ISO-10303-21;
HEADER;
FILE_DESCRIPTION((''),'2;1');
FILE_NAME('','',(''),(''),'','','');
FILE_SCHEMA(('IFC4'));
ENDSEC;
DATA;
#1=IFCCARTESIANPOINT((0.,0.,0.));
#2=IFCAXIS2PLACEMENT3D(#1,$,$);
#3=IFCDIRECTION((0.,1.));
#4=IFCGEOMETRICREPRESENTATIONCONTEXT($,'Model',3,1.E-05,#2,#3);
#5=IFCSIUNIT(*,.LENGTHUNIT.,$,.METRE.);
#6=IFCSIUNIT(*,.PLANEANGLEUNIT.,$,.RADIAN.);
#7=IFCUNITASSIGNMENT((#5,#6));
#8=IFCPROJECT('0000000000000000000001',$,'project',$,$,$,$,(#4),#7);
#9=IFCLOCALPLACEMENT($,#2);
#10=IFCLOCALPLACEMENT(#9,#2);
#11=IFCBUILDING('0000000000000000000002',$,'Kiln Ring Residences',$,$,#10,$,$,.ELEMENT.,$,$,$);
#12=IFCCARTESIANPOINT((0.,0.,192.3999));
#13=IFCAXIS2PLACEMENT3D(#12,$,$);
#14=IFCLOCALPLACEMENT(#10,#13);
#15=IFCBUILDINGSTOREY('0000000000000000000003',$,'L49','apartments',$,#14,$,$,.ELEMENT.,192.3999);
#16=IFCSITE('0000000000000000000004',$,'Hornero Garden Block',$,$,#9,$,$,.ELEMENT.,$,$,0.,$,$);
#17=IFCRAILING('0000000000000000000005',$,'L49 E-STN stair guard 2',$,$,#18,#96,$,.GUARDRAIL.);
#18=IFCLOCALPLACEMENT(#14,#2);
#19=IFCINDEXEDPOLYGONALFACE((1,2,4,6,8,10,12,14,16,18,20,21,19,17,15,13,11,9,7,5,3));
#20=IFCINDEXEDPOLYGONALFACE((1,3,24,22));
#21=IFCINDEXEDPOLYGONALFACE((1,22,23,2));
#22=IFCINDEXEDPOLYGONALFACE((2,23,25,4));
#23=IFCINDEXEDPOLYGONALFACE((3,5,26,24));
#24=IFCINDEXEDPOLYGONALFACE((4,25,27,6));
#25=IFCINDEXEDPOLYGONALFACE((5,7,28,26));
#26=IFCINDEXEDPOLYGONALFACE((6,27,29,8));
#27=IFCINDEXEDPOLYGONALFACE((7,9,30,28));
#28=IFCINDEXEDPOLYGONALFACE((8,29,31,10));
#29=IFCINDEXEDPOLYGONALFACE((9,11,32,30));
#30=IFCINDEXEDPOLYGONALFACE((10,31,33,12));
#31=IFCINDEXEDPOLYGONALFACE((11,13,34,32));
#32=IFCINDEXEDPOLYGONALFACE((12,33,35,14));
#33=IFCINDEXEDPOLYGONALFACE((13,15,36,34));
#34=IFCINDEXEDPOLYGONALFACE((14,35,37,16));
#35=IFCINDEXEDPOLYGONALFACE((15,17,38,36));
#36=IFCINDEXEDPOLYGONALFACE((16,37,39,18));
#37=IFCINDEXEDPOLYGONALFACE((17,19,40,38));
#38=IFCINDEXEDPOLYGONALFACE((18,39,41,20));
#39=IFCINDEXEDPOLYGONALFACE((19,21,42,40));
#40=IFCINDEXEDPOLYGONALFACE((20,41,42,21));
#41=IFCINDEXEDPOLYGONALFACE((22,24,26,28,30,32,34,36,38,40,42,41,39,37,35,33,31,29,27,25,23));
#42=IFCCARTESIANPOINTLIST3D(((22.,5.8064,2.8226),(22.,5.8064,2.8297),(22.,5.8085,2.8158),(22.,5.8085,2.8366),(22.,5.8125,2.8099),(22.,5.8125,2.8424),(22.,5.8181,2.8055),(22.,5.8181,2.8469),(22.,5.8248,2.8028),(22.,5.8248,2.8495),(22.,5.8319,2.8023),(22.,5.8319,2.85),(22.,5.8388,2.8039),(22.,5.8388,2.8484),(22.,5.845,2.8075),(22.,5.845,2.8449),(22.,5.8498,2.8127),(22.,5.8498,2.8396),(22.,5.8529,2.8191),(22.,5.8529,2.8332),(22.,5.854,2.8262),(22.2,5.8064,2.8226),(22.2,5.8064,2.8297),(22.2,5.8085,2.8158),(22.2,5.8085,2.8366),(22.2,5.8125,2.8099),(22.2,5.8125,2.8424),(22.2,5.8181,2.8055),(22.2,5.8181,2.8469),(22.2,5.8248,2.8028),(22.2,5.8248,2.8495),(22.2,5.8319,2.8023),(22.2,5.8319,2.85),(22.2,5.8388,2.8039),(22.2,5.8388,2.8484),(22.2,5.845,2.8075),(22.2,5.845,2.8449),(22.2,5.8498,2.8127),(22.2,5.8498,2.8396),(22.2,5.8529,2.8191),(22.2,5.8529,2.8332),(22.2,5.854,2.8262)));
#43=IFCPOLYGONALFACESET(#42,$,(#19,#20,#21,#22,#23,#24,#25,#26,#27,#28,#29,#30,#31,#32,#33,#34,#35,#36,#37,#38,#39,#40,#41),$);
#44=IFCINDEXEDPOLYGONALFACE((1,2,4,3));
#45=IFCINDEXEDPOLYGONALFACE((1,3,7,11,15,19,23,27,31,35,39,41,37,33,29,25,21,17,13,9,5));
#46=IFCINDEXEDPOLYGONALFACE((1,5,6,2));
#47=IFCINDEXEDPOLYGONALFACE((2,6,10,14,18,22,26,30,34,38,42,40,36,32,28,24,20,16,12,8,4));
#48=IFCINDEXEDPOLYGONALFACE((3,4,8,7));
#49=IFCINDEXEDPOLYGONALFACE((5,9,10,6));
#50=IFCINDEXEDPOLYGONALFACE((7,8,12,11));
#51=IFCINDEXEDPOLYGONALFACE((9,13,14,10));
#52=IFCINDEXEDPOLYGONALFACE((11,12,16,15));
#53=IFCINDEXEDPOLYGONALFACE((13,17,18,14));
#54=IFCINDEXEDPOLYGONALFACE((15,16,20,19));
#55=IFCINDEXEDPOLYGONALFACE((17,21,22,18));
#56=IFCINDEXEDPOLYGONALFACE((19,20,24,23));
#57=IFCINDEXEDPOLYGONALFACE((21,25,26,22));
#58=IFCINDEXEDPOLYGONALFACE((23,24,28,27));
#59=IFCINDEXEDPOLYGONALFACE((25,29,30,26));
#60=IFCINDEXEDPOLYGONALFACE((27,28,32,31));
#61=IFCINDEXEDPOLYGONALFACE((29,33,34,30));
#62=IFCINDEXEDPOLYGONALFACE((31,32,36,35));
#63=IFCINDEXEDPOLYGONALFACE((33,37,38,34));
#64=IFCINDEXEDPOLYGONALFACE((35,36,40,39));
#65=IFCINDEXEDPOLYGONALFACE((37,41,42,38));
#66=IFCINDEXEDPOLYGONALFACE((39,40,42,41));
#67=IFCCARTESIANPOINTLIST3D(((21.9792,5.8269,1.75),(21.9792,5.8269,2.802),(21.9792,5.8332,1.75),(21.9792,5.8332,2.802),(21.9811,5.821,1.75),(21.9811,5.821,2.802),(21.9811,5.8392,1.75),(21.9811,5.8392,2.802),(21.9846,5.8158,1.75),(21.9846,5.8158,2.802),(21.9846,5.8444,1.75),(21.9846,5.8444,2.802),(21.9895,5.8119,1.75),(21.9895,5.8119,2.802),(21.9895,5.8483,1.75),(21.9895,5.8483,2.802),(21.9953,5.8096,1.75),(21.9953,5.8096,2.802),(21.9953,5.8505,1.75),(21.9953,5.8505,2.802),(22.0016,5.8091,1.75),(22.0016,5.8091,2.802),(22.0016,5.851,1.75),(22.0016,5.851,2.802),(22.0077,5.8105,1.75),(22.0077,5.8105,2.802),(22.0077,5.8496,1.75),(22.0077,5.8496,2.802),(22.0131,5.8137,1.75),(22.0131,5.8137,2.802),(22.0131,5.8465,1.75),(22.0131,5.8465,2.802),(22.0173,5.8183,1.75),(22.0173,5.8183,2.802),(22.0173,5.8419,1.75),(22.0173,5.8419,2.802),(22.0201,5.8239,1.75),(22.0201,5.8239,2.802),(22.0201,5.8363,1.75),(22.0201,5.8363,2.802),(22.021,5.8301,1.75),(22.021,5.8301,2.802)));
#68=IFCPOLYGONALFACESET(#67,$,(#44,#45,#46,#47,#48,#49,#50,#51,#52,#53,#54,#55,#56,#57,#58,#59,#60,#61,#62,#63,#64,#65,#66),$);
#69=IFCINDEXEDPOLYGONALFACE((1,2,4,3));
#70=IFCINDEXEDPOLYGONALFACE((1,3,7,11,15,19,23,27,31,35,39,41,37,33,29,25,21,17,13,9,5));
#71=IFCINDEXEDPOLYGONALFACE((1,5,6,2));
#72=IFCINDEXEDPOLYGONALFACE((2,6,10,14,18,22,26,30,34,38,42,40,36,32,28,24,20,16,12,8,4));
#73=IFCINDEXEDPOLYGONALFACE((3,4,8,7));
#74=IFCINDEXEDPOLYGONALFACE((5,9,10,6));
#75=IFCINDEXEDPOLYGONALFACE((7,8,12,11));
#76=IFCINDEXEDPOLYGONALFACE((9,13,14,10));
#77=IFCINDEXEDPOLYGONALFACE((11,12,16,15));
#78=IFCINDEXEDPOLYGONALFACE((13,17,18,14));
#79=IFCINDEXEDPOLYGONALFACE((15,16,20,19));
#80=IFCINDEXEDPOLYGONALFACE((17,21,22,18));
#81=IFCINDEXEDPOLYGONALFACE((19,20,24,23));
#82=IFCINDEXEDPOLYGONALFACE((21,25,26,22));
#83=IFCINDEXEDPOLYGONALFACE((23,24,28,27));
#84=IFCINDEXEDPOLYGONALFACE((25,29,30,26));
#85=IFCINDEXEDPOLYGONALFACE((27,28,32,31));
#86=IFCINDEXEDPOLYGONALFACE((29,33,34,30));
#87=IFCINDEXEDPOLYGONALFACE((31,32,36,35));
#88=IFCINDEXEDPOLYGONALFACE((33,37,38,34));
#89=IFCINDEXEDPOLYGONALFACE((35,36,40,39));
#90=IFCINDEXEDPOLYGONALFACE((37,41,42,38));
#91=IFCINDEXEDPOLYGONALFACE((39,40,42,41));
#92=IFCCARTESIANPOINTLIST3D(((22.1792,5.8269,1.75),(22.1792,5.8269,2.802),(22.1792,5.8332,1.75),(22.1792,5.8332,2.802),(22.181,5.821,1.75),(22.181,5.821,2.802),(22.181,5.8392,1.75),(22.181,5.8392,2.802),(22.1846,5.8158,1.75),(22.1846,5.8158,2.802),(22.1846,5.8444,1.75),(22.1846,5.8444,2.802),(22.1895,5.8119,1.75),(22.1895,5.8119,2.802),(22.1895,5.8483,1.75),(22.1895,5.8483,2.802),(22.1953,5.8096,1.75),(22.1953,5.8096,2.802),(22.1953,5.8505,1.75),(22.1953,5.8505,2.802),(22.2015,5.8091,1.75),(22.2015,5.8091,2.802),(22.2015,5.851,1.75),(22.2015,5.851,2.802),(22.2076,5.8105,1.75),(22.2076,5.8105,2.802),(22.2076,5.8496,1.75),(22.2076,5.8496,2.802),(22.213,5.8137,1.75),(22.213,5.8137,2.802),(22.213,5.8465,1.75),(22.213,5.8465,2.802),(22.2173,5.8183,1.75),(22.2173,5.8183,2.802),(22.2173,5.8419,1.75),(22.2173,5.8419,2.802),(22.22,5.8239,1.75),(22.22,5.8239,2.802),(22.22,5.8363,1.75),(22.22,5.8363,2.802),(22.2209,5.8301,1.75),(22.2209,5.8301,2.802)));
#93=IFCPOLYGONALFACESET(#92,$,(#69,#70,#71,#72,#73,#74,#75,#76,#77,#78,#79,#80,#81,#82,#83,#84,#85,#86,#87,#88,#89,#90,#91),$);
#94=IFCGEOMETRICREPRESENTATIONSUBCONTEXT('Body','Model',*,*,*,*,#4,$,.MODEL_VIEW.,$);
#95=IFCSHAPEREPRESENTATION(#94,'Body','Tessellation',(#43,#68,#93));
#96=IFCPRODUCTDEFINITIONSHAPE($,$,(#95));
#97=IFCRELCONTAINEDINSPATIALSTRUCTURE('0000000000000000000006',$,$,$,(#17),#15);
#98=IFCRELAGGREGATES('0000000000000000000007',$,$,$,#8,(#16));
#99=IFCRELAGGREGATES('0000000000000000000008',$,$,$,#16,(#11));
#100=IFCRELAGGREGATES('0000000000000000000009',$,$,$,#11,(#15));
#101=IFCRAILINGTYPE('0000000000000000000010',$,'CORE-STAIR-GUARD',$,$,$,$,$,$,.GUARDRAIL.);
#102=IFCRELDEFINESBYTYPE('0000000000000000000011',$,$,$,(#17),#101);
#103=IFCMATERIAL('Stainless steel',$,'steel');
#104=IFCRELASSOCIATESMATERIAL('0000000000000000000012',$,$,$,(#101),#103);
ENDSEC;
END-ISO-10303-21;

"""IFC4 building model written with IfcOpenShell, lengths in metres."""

from ifc_helpers import new_model, si_unit, direction, frame, origin, origin_2d, place, context, subcontext, project, spatial, circle, extrude, material, type_object, element, save


model = new_model("IFC4")

# Units and contexts
model_context = context("Model", 3, precision=1e-05, world=origin(), true_north=direction((0.0, 1.0)))
body_context = subcontext(model_context, "Body", "Model", "MODEL_VIEW")
ifc_project = project(units=[si_unit("LENGTHUNIT", "METRE"), si_unit("PLANEANGLEUNIT", "RADIAN")], contexts=[model_context])

# Site, building, storey
site_placement = place(None, origin())
site = spatial("IfcSite", under=ifc_project, at=site_placement, Name="Hornero Garden Block", CompositionType="ELEMENT", RefElevation=0.0)
building_placement = place(site_placement, origin())
building = spatial("IfcBuilding", under=site, at=building_placement, Name="Kiln Ring Residences", CompositionType="ELEMENT")
storey_placement = place(building_placement, frame((0.0, 0.0, 192.3999)))
storey = spatial("IfcBuildingStorey", under=building, at=storey_placement, Name="L49", Description="apartments", CompositionType="ELEMENT", Elevation=192.3999)

# Railing
ifc_material_1 = material(Name="Stainless steel", Category="steel")
railing_type_1 = type_object("IfcRailingType", Name="CORE-STAIR-GUARD", PredefinedType="GUARDRAIL", material=ifc_material_1)
railing_1_placement = place(storey_placement, frame((22.0, 5.8301, 1.75)))
element("IfcRailing", 1, at=railing_1_placement, inside=storey, type_object=railing_type_1, Name="L49 E-STN stair guard 2", PredefinedType="GUARDRAIL", context=body_context, shape_type="SweptSolid", body=[
    extrude(circle(Radius=0.0239, at=origin_2d()), frame((0.0, 0.0, 1.0762), z_axis=(1.0, 0.0, 0.0), x_axis=(0.0, 1.0, 0.0)), (0.0, 0.0, 1.0), 0.2),
    extrude(circle(Radius=0.021, at=origin_2d()), origin(), (0.0, 0.0, 1.0), 1.052),
    extrude(circle(Radius=0.021, at=origin_2d()), frame((0.2, 0.0, 0.0)), (0.0, 0.0, 1.0), 1.052),
])

save(model, "model.ifc")
